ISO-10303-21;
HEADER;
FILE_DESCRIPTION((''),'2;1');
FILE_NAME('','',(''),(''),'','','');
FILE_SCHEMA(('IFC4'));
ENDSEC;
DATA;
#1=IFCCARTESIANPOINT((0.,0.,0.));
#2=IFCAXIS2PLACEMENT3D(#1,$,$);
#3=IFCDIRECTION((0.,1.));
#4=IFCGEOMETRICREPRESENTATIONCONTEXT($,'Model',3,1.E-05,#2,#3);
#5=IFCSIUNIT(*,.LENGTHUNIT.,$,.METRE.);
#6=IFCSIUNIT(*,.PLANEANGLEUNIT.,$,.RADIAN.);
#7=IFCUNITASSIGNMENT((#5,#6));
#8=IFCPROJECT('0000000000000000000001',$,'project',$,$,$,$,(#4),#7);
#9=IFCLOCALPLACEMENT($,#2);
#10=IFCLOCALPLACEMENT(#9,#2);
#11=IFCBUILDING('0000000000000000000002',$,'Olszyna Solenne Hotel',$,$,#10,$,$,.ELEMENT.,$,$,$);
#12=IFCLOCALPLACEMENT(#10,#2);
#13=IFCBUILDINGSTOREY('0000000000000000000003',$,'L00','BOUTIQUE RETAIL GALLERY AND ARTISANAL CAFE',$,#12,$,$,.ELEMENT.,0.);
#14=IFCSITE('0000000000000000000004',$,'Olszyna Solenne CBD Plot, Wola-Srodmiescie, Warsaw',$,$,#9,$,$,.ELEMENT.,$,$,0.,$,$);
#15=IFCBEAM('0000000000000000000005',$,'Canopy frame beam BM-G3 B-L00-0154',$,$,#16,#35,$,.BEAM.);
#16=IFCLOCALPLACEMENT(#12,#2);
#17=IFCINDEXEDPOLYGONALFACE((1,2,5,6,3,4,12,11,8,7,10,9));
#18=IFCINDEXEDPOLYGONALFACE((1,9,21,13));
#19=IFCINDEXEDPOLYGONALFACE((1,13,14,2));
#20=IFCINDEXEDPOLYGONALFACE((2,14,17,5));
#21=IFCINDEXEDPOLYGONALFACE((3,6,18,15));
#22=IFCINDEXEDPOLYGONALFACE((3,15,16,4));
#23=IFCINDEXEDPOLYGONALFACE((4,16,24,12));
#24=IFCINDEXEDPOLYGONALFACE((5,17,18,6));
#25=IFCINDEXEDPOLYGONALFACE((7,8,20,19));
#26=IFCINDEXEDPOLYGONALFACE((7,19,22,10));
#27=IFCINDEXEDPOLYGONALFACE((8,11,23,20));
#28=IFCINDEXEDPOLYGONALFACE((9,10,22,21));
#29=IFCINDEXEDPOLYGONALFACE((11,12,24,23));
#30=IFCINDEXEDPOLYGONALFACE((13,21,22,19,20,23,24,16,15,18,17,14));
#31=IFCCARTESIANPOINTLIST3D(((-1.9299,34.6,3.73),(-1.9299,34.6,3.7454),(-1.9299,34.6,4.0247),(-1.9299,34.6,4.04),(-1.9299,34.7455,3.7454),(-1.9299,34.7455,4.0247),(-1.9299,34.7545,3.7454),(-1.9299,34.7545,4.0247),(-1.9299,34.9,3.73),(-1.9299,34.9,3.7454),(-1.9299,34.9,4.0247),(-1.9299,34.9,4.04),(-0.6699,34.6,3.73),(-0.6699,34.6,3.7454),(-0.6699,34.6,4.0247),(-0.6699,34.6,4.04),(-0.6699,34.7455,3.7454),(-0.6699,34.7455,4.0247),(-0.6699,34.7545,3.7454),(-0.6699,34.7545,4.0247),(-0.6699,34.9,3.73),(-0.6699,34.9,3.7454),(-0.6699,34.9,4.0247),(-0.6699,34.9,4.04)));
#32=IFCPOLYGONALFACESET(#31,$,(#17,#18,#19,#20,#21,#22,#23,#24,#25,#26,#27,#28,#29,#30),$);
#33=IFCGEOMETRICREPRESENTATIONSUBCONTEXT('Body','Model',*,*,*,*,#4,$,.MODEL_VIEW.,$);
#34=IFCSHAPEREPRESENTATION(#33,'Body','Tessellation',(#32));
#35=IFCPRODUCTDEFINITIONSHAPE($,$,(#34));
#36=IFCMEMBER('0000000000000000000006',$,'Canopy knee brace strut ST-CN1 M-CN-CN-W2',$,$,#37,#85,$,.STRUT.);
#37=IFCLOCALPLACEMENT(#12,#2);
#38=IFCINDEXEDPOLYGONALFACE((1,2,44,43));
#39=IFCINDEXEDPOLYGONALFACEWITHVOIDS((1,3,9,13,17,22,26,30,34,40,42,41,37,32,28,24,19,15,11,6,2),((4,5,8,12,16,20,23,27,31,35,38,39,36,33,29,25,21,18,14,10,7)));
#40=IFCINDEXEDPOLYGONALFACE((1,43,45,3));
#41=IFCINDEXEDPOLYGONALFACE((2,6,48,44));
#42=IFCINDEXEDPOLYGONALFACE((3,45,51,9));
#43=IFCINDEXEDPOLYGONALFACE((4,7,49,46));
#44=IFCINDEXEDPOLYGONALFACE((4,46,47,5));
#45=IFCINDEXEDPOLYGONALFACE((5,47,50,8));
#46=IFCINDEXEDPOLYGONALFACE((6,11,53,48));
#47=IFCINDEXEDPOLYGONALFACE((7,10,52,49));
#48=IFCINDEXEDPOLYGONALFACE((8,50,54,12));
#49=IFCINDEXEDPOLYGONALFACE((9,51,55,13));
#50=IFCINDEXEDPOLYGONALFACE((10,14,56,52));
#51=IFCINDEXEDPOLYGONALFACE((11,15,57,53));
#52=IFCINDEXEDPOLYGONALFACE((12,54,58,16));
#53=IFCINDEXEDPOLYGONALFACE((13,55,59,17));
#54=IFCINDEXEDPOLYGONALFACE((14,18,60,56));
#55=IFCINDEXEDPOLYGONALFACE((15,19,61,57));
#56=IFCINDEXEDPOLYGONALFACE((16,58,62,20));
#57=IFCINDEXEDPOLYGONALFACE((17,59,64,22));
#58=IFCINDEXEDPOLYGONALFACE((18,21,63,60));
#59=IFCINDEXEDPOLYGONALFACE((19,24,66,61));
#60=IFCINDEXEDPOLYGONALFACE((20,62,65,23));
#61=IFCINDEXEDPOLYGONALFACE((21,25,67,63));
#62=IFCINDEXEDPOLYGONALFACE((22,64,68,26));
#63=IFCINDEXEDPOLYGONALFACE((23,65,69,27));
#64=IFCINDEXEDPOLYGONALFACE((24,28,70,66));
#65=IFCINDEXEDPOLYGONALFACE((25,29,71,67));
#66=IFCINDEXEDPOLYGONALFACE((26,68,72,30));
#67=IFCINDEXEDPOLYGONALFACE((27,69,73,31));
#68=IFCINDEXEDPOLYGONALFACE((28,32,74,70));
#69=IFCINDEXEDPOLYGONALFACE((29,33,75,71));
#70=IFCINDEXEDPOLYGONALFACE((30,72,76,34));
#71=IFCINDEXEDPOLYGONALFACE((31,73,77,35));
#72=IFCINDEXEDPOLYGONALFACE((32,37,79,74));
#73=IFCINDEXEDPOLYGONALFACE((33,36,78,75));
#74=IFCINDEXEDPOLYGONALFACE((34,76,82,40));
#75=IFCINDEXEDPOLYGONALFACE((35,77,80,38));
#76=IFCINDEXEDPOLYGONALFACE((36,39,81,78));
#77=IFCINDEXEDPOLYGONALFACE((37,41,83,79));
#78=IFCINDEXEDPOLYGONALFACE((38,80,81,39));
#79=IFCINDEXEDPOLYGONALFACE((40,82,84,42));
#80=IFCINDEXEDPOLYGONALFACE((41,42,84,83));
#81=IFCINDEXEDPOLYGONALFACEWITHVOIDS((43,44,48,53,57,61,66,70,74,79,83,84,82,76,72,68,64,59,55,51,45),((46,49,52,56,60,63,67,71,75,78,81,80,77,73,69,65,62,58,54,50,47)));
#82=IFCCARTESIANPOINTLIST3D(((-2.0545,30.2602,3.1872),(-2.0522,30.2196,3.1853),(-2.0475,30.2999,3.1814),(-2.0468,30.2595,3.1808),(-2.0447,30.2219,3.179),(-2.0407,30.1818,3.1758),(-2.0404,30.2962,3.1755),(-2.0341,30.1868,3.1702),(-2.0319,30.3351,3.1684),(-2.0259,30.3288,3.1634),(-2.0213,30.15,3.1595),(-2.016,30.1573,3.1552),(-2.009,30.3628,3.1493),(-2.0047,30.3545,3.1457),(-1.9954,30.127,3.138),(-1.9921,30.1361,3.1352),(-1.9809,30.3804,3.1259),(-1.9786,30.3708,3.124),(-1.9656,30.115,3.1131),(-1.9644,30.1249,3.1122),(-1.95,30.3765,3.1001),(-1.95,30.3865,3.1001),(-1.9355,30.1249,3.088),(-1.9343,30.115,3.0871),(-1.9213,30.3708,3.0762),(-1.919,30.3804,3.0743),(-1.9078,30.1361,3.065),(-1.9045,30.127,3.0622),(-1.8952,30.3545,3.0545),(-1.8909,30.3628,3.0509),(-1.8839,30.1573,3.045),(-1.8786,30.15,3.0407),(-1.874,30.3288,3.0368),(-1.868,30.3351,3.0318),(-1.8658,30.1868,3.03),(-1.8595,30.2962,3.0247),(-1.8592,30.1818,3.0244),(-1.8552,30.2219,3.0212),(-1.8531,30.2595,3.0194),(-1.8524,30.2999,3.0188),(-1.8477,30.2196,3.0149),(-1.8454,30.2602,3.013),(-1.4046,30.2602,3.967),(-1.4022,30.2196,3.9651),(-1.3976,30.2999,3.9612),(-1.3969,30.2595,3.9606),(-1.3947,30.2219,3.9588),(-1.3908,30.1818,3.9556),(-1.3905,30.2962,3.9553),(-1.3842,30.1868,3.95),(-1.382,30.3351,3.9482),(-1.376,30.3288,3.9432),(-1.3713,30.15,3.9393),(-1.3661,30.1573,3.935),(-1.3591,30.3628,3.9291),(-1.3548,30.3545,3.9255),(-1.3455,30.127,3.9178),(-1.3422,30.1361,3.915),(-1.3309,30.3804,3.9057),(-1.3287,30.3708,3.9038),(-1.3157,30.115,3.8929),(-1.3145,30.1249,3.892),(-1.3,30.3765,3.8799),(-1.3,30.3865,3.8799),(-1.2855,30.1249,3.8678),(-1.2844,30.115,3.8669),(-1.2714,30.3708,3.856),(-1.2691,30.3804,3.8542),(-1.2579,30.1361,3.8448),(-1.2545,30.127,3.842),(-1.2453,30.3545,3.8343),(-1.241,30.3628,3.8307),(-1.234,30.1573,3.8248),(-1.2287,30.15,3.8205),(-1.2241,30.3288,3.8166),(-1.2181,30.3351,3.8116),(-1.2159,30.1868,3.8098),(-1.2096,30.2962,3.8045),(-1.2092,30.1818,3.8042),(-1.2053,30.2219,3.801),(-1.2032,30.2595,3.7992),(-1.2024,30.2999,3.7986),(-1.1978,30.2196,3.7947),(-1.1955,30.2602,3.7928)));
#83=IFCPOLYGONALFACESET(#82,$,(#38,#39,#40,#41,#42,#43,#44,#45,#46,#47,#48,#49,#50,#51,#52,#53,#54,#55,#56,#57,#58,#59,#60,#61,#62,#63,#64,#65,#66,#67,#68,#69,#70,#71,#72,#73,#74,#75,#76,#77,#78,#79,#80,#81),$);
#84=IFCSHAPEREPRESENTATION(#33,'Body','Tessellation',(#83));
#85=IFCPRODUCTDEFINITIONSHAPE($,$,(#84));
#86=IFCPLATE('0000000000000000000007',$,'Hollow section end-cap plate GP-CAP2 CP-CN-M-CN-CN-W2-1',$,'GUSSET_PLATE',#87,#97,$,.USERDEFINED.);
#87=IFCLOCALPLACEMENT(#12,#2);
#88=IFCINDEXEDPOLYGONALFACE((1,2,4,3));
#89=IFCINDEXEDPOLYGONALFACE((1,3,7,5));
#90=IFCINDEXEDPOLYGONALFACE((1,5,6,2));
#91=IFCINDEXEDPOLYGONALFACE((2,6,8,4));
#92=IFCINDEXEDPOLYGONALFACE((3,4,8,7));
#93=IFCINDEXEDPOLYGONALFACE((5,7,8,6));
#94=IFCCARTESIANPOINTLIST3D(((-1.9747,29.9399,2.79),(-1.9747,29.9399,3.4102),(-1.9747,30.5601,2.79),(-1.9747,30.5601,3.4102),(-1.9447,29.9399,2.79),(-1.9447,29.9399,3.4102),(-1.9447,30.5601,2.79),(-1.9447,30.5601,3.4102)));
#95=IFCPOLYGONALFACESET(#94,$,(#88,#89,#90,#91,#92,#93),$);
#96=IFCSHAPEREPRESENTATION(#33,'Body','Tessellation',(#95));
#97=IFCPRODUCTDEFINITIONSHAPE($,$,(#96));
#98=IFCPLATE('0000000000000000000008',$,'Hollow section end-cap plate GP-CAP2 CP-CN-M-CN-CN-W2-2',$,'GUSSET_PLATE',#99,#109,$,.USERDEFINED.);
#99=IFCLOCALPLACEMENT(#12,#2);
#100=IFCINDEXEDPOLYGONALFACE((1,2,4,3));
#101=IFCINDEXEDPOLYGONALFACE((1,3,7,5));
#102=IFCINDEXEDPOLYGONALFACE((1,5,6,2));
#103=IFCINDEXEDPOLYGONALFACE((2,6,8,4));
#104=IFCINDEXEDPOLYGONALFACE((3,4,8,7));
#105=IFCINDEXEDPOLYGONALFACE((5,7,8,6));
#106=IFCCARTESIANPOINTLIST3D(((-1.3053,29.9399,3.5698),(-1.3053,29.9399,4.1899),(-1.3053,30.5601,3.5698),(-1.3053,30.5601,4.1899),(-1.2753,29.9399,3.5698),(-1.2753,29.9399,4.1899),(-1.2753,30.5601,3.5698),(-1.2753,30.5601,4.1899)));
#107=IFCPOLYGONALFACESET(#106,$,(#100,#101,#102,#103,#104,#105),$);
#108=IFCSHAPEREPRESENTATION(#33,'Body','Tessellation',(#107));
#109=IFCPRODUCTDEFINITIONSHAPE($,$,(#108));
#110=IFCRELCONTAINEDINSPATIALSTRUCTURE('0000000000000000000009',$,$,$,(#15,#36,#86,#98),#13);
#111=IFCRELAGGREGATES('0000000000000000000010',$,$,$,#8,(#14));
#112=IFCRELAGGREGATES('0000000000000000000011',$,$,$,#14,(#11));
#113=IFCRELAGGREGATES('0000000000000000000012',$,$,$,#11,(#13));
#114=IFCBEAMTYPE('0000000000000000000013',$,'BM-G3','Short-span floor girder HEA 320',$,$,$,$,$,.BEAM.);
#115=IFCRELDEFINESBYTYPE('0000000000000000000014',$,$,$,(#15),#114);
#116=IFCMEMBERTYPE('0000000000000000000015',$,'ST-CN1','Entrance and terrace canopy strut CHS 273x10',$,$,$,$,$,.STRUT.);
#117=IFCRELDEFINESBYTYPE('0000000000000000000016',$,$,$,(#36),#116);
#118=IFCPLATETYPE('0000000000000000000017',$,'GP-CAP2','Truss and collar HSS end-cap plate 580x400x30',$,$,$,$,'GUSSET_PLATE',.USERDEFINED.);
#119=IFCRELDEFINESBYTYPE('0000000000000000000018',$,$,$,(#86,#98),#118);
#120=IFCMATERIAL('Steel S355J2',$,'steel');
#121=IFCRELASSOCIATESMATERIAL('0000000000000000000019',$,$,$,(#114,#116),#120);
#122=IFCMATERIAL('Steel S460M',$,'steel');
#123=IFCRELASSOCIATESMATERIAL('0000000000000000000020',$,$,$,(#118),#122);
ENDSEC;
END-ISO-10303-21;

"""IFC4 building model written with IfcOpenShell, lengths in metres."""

from ifc_helpers import new_model, si_unit, direction, frame, origin, origin_2d, place, context, subcontext, project, spatial, rectangle, hollow_circle, i_section, extrude, source, transform, mapped, material, material_profile, profile_set, type_object, element, save


model = new_model("IFC4")

# Units and contexts
model_context = context("Model", 3, precision=1e-05, world=origin(), true_north=direction((0.0, 1.0)))
body_context = subcontext(model_context, "Body", "Model", "MODEL_VIEW")
ifc_project = project(units=[si_unit("LENGTHUNIT", "METRE"), si_unit("PLANEANGLEUNIT", "RADIAN")], contexts=[model_context])

# Site, building, storey
site_placement = place(None, origin())
site = spatial("IfcSite", under=ifc_project, at=site_placement, Name="Olszyna Solenne CBD Plot, Wola-Srodmiescie, Warsaw", CompositionType="ELEMENT", RefElevation=0.0)
building_placement = place(site_placement, origin())
building = spatial("IfcBuilding", under=site, at=building_placement, Name="Olszyna Solenne Hotel", CompositionType="ELEMENT")
storey_placement = place(building_placement, origin())
storey = spatial("IfcBuildingStorey", under=building, at=storey_placement, Name="L00", Description="BOUTIQUE RETAIL GALLERY AND ARTISANAL CAFE", CompositionType="ELEMENT", Elevation=0.0)

# Shared definitions
ifc_material_1 = material(Name="Steel S460M", Category="steel")
ifc_material_2 = material(Name="Steel S355J2", Category="steel")

# Beam
ifc_material_profile_1 = material_profile(ifc_material_2, i_section(OverallWidth=0.3, OverallDepth=0.3101, WebThickness=0.009, FlangeThickness=0.0154, at=origin_2d()), Name="HEA 320", Category="load-bearing")
ifc_profile_set_1 = profile_set([ifc_material_profile_1], Name="Steel S355J2")
beam_type_1 = type_object("IfcBeamType", Name="BM-G3", Description="Short-span floor girder HEA 320", PredefinedType="BEAM", material=ifc_profile_set_1)
shared_shape_1 = source(origin(), body_context, "Body", "SweptSolid", [
    extrude(i_section(OverallWidth=0.3, OverallDepth=0.3101, WebThickness=0.009, FlangeThickness=0.0154, at=origin_2d()), origin(), (0.0, 0.0, 1.0), 1.26),
])
for number, where, z_axis, x_axis, name in (
    (1, (-0.6699, 34.75, 3.885), (-1.0, 0.0, 0.0), (0.0, -1.0, 0.0), "Canopy frame beam BM-G3 B-L00-0154"),
):
    element("IfcBeam", number, at=place(storey_placement, frame(where, z_axis=z_axis, x_axis=x_axis)), inside=storey, type_object=beam_type_1, Name=name, PredefinedType="BEAM", context=body_context, shape_type="MappedRepresentation", body=[
        mapped(shared_shape_1, transform((0.0, 0.0, 0.0), x_axis=(1.0, 0.0, 0.0), y_axis=(0.0, 1.0, 0.0), z_axis=(0.0, 0.0, 1.0), scale=1.0)),
    ])

# Member
ifc_material_profile_2 = material_profile(ifc_material_2, hollow_circle(Radius=0.1365, WallThickness=0.01, at=origin_2d()), Name="CHS 273x10", Category="load-bearing")
ifc_profile_set_2 = profile_set([ifc_material_profile_2], Name="Steel S355J2")
member_type = type_object("IfcMemberType", Name="ST-CN1", Description="Entrance and terrace canopy strut CHS 273x10", PredefinedType="STRUT", material=ifc_profile_set_2)
shared_shape_2 = source(origin(), body_context, "Body", "SweptSolid", [
    extrude(hollow_circle(Radius=0.1365, WallThickness=0.01, at=origin_2d()), origin(), (0.0, 0.0, 1.0), 1.0151),
])
member_placement = place(storey_placement, frame((-1.95, 30.25, 3.1001), z_axis=(0.640232, 0.0, 0.768182), x_axis=(0.0, 1.0, 0.0)))
element("IfcMember", 2, at=member_placement, inside=storey, type_object=member_type, Name="Canopy knee brace strut ST-CN1 M-CN-CN-W2", PredefinedType="STRUT", context=body_context, shape_type="MappedRepresentation", body=[
    mapped(shared_shape_2, transform((0.0, 0.0, 0.0), x_axis=(1.0, 0.0, 0.0), y_axis=(0.0, 1.0, 0.0), z_axis=(0.0, 0.0, 1.0), scale=1.0)),
])

# Plates
plate_type = type_object("IfcPlateType", Name="GP-CAP2", Description="Truss and collar HSS end-cap plate 580x400x30", ElementType="GUSSET_PLATE", PredefinedType="USERDEFINED", material=ifc_material_1)
shared_shape_3 = source(origin(), body_context, "Body", "SweptSolid", [
    extrude(rectangle(XDim=0.03, YDim=0.6201, at=origin_2d()), origin(), (0.0, 0.0, 1.0), 0.6201),
])
for number, where, z_axis, x_axis, name in (
    (3, (-1.9597, 30.25, 2.79), (0.0, 0.0, 1.0), (1.0, 0.0, 0.0), "Hollow section end-cap plate GP-CAP2 CP-CN-M-CN-CN-W2-1"),
    (4, (-1.2903, 30.25, 3.5698), (0.0, 0.0, 1.0), (1.0, 0.0, 0.0), "Hollow section end-cap plate GP-CAP2 CP-CN-M-CN-CN-W2-2"),
):
    element("IfcPlate", number, at=place(storey_placement, frame(where, z_axis=z_axis, x_axis=x_axis)), inside=storey, type_object=plate_type, Name=name, ObjectType="GUSSET_PLATE", PredefinedType="USERDEFINED", context=body_context, shape_type="MappedRepresentation", body=[
        mapped(shared_shape_3, transform((0.0, 0.0, 0.0), x_axis=(1.0, 0.0, 0.0), y_axis=(0.0, 1.0, 0.0), z_axis=(0.0, 0.0, 1.0), scale=1.0)),
    ])

save(model, "model.ifc")
